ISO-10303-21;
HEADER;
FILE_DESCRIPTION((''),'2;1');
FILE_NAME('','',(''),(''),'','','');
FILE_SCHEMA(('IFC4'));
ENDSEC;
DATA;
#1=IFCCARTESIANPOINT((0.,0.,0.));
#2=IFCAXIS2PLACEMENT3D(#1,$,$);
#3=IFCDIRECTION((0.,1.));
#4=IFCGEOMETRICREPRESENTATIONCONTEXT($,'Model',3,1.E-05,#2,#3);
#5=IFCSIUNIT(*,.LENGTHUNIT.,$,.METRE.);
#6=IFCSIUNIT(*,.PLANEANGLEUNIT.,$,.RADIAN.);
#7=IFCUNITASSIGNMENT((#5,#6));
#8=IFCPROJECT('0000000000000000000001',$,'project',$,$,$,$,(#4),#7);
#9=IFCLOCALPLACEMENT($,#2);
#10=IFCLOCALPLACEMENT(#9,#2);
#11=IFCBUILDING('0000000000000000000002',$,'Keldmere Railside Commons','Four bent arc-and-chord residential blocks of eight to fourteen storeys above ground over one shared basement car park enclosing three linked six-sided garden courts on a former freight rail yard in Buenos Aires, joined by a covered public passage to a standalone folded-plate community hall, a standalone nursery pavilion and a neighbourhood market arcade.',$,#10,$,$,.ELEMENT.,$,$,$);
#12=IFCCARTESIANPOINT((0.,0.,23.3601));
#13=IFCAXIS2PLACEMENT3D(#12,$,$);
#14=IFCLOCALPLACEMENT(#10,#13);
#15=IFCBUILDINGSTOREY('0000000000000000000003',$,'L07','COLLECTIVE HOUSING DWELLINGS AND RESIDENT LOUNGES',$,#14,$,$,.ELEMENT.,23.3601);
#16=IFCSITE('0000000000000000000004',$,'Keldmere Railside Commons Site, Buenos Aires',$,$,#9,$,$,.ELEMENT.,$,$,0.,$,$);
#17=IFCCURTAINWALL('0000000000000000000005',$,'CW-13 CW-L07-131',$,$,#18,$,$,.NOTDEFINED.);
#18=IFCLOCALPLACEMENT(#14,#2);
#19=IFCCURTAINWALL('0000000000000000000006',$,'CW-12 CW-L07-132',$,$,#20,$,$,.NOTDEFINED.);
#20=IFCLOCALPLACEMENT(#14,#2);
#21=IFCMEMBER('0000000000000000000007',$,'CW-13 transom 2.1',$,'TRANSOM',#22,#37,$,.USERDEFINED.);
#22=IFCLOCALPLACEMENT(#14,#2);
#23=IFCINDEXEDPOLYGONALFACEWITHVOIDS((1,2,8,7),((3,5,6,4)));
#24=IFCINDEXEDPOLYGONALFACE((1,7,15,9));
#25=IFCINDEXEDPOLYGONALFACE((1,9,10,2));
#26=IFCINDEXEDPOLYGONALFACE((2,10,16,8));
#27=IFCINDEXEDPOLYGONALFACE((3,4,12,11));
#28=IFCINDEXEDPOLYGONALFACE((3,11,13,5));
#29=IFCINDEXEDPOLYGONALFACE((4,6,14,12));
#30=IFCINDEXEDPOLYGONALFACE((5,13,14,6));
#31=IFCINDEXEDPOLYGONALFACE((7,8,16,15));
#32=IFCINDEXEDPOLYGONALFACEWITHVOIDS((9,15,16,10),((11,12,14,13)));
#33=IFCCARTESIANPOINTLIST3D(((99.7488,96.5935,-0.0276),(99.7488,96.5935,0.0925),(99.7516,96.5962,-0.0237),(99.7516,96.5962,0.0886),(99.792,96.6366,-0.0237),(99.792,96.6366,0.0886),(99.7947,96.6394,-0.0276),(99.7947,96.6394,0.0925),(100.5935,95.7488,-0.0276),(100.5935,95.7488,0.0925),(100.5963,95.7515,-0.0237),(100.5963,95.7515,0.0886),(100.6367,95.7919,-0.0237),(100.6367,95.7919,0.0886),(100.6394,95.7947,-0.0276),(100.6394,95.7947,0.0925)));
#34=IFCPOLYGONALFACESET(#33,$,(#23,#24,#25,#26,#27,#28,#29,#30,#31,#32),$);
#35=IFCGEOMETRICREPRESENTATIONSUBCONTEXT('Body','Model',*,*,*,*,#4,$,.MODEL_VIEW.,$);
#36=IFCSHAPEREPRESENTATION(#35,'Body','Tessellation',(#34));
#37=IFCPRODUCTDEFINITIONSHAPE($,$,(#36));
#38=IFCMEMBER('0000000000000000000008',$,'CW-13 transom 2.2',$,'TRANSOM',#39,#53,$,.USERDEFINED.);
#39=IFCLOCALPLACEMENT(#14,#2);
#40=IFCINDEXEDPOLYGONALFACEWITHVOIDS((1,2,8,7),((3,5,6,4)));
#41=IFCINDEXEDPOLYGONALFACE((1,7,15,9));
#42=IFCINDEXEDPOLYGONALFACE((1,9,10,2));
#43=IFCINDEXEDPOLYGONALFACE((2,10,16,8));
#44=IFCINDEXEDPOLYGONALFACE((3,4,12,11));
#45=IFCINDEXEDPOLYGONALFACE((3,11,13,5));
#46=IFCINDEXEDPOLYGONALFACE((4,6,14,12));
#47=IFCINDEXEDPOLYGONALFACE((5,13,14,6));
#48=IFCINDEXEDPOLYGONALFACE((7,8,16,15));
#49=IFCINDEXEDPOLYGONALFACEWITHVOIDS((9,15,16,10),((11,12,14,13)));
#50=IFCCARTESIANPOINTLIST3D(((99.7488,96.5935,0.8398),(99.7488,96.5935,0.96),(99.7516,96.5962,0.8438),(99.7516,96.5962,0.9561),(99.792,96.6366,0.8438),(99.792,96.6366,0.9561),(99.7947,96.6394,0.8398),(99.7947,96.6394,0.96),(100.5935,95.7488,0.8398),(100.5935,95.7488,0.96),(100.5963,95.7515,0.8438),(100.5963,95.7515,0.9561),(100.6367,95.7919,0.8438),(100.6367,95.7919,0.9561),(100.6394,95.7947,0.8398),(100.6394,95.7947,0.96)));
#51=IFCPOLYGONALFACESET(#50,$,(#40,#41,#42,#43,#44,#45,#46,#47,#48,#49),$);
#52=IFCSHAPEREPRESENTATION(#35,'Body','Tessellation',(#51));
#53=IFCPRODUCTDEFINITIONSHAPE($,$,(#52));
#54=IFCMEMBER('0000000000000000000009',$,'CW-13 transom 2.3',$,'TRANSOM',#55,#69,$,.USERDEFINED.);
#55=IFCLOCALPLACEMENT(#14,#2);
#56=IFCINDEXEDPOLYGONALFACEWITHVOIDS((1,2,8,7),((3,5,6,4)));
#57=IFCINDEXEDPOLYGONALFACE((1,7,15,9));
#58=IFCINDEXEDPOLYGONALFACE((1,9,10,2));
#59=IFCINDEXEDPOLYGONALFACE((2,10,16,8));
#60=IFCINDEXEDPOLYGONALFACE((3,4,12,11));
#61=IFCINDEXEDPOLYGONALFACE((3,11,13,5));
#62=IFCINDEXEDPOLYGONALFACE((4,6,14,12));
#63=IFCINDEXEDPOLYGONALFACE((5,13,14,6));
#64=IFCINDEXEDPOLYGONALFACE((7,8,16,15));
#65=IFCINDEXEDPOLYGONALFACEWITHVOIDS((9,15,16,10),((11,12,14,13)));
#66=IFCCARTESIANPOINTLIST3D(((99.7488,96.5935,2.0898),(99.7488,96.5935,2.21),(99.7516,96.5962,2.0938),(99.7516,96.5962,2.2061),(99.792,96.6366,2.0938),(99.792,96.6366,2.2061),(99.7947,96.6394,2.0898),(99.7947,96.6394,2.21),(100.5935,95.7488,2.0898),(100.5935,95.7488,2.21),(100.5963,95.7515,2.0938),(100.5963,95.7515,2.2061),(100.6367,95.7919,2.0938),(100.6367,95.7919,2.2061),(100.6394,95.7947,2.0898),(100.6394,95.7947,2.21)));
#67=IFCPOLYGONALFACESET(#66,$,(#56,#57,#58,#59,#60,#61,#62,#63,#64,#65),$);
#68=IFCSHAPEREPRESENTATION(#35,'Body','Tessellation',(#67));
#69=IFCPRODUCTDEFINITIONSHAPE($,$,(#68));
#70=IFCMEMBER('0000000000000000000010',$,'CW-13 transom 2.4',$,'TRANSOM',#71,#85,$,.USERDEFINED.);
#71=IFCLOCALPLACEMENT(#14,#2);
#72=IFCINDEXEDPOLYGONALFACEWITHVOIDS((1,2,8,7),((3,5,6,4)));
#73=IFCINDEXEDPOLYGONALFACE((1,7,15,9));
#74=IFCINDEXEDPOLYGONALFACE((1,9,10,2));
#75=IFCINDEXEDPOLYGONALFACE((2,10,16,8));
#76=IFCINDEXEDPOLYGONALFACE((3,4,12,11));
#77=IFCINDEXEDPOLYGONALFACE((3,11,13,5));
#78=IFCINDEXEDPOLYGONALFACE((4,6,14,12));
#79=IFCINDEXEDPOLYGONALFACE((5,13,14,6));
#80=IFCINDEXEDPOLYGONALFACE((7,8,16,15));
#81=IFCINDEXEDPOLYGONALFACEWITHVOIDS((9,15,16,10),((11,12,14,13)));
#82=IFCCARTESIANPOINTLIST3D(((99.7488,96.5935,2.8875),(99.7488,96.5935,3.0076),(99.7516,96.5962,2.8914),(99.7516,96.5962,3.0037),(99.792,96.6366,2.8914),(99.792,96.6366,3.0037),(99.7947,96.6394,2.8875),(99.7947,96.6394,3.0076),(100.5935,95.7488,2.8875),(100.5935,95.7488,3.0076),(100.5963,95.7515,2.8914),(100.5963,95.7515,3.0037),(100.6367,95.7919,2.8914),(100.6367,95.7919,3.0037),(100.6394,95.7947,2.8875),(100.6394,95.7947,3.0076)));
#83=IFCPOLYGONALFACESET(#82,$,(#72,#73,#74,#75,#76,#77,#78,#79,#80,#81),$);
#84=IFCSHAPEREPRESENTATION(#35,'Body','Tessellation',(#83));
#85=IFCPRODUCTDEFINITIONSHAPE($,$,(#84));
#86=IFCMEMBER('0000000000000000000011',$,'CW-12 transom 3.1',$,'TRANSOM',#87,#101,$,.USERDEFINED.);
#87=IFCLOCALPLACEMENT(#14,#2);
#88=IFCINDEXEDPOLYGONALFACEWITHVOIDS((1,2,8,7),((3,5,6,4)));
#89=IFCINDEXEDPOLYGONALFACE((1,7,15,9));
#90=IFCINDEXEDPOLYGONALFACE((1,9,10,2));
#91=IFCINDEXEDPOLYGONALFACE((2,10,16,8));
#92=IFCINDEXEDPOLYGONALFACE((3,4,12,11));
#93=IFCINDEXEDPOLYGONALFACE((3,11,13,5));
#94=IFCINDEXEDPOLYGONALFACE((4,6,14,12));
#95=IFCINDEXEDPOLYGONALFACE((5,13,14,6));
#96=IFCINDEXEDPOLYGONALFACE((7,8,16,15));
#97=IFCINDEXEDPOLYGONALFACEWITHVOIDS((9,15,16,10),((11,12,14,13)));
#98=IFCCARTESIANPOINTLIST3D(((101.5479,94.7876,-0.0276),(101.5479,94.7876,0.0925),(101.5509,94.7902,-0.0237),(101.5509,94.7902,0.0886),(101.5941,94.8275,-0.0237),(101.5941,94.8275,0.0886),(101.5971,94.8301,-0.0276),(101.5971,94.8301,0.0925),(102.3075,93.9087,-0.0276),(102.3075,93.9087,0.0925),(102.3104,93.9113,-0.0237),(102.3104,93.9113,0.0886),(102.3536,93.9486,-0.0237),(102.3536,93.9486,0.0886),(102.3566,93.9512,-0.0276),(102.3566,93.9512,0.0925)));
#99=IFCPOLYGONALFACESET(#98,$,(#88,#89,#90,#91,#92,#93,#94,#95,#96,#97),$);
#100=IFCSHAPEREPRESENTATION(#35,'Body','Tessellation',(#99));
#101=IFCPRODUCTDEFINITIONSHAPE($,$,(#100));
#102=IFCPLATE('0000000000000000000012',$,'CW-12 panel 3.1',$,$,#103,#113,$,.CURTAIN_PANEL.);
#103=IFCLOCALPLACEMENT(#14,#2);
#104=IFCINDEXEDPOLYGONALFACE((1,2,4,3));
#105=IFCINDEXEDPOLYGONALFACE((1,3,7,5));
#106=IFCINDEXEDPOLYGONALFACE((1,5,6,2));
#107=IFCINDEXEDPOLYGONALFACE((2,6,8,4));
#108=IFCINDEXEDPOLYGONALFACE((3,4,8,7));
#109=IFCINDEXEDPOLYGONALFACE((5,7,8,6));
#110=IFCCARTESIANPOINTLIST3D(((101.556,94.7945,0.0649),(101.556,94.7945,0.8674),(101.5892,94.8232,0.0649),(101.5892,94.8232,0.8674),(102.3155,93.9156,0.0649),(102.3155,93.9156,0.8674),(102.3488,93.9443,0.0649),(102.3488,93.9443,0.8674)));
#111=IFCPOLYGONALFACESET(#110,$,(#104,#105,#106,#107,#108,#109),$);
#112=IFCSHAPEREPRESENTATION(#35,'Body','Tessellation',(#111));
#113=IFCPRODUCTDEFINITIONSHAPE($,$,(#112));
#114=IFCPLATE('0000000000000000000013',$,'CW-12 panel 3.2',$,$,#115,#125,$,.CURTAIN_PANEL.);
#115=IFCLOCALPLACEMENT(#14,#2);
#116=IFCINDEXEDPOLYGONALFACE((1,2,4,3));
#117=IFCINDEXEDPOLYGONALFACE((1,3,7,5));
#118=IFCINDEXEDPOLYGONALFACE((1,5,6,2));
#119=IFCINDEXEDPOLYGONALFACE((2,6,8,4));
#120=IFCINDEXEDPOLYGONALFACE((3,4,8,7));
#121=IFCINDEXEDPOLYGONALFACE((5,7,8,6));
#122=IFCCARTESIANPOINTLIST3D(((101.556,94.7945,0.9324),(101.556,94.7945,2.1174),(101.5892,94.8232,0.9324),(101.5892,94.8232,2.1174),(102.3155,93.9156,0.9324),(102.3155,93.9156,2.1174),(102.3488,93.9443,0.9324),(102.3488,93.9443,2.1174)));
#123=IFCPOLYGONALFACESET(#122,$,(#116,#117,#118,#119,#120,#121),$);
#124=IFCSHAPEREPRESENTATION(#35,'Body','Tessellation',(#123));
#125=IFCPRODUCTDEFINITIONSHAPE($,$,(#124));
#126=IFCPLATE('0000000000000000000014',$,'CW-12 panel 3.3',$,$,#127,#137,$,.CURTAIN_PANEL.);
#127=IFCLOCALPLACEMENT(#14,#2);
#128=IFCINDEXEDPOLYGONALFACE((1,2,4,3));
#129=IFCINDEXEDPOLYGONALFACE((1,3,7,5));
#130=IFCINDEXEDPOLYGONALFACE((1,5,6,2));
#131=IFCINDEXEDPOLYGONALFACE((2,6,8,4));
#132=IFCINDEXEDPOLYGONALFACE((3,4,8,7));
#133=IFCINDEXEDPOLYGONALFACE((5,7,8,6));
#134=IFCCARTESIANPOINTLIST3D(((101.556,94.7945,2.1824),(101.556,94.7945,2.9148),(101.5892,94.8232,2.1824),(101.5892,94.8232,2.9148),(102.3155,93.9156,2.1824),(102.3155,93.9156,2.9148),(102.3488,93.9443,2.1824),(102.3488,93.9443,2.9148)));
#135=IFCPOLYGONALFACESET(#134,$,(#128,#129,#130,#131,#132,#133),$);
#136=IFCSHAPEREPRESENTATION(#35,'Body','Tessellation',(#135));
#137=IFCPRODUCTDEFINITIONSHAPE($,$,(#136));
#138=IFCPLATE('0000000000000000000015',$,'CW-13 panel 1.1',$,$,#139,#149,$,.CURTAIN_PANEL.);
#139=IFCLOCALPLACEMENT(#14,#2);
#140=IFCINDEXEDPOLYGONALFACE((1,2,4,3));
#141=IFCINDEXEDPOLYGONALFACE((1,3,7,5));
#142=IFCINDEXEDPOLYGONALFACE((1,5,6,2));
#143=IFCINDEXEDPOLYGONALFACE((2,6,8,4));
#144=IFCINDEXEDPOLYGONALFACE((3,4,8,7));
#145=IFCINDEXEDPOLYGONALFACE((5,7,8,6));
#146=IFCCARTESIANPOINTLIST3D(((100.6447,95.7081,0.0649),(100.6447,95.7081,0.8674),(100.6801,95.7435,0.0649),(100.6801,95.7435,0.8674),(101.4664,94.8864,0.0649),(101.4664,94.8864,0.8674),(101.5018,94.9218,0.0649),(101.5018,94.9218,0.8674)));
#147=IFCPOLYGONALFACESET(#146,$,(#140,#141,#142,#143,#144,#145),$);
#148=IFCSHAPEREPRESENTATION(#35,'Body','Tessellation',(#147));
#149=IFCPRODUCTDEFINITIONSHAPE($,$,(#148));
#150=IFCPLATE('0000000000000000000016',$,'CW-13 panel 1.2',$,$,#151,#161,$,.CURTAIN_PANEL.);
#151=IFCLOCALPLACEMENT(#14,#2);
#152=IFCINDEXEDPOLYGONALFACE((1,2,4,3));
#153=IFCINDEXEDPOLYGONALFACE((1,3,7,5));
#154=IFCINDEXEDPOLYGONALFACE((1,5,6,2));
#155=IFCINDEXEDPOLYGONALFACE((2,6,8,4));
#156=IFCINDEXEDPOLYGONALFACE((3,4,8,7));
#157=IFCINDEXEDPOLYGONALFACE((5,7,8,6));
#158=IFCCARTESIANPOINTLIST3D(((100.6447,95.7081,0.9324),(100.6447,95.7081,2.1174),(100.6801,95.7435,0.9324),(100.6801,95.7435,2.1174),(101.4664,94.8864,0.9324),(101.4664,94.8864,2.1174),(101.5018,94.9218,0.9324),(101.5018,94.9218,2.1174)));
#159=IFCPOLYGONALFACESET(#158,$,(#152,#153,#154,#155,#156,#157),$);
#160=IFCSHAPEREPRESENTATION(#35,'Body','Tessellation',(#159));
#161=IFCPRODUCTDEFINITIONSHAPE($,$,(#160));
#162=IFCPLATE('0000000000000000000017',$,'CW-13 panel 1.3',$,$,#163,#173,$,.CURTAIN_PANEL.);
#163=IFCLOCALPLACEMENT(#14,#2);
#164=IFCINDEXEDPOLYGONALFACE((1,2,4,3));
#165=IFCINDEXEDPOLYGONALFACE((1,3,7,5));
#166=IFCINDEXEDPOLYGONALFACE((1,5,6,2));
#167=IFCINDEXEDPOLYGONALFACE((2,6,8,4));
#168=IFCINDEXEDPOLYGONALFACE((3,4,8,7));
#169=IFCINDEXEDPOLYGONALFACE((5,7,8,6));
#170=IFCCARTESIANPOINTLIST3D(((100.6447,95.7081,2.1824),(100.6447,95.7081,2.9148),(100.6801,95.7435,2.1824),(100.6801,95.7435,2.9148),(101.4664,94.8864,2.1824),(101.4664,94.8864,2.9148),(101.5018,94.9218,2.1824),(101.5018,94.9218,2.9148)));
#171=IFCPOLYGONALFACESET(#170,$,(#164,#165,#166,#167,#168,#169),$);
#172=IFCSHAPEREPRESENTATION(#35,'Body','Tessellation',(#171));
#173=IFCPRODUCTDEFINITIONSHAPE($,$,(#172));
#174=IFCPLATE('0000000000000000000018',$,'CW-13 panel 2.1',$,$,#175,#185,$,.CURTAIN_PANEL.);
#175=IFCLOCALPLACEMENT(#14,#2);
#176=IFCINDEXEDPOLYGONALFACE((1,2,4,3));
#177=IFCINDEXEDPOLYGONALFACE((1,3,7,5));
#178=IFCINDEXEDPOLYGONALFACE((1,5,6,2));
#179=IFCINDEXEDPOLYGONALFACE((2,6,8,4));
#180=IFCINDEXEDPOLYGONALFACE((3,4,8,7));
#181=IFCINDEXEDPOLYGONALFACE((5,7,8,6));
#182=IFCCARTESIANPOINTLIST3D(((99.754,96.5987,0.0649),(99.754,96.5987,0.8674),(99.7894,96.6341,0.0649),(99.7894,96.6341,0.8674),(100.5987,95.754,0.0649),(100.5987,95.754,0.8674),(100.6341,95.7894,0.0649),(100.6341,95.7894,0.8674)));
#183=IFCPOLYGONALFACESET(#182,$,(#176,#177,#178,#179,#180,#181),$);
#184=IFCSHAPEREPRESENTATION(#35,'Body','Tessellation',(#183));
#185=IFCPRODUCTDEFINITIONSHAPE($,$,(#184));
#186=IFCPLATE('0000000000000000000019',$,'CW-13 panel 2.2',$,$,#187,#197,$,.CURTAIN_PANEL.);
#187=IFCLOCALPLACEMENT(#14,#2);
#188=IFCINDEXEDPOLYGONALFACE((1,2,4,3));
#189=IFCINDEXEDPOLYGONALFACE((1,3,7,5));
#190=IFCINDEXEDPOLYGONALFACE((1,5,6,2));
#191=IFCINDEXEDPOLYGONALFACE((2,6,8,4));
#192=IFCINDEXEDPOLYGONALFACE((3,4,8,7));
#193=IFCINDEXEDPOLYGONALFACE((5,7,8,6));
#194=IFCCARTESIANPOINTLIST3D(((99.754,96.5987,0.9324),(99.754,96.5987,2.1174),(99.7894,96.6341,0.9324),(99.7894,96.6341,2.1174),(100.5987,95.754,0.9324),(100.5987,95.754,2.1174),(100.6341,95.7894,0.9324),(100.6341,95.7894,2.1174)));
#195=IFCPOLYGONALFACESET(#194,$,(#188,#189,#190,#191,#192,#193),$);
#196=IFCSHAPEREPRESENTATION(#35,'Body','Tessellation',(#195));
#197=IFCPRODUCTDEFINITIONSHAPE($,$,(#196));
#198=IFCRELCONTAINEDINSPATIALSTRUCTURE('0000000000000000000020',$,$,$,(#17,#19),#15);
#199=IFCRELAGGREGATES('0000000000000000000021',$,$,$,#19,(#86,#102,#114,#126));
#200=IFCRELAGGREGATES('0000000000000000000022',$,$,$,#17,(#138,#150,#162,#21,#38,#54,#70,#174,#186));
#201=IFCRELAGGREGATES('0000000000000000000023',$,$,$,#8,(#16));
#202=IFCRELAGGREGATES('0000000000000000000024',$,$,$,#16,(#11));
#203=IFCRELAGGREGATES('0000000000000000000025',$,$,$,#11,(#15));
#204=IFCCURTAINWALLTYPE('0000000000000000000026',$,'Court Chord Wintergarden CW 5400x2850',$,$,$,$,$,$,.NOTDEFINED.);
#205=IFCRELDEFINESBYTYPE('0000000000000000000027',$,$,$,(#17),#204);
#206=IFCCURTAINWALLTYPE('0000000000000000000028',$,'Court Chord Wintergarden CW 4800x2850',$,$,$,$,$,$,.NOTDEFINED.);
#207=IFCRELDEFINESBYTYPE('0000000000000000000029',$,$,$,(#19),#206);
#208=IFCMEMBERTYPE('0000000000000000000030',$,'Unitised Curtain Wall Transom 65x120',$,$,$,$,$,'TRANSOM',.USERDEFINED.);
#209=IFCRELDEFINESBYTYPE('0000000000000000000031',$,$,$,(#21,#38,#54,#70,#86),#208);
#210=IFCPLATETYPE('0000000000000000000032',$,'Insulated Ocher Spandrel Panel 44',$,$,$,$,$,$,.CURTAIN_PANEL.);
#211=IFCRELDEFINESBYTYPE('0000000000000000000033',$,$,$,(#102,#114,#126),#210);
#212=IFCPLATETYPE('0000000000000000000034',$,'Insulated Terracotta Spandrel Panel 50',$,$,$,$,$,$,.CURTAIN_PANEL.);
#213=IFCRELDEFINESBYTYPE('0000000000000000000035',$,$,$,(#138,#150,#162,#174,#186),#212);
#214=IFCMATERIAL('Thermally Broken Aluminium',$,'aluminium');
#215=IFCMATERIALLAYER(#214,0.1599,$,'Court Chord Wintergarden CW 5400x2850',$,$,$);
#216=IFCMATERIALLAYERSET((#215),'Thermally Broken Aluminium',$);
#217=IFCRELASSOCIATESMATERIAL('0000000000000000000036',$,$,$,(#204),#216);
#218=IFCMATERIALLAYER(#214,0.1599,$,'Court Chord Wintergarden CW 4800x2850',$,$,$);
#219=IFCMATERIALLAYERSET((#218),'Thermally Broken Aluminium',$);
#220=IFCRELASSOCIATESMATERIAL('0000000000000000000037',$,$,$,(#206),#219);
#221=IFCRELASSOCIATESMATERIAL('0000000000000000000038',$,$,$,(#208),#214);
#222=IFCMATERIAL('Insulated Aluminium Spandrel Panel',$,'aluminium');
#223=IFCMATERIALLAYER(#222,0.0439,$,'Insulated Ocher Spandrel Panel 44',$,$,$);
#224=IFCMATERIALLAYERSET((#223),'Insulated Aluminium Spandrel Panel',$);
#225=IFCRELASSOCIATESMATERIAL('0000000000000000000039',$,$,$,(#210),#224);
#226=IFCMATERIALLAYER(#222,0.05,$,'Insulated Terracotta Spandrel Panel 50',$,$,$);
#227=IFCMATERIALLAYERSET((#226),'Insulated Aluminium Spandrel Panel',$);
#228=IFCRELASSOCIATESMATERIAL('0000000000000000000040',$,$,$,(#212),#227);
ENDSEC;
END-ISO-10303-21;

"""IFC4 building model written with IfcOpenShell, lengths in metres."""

from ifc_helpers import new_model, si_unit, direction, frame, origin, origin_2d, place, context, subcontext, project, spatial, rectangle, hollow_rectangle, extrude, material, layer, layer_set, material_profile, profile_set, type_object, element, aggregate, save


model = new_model("IFC4")

# Units and contexts
model_context = context("Model", 3, precision=1e-05, world=origin(), true_north=direction((0.0, 1.0)))
body_context = subcontext(model_context, "Body", "Model", "MODEL_VIEW")
ifc_project = project(units=[si_unit("LENGTHUNIT", "METRE"), si_unit("PLANEANGLEUNIT", "RADIAN")], contexts=[model_context])

# Site, building, storey
site_placement = place(None, origin())
site = spatial("IfcSite", under=ifc_project, at=site_placement, Name="Keldmere Railside Commons Site, Buenos Aires", CompositionType="ELEMENT", RefElevation=0.0)
building_placement = place(site_placement, origin())
building = spatial("IfcBuilding", under=site, at=building_placement, Name="Keldmere Railside Commons", Description="Four bent arc-and-chord residential blocks of eight to fourteen storeys above ground over one shared basement car park enclosing three linked six-sided garden courts on a former freight rail yard in Buenos Aires, joined by a covered public passage to a standalone folded-plate community hall, a standalone nursery pavilion and a neighbourhood market arcade.", CompositionType="ELEMENT")
storey_placement = place(building_placement, frame((0.0, 0.0, 23.3601)))
storey = spatial("IfcBuildingStorey", under=building, at=storey_placement, Name="L07", Description="COLLECTIVE HOUSING DWELLINGS AND RESIDENT LOUNGES", CompositionType="ELEMENT", Elevation=23.3601)

# Curtain wall
ifc_material_1 = material(Name="Thermally Broken Aluminium", Category="aluminium")
ifc_layer_1 = layer(ifc_material_1, 0.1599, Name="Court Chord Wintergarden CW 5400x2850")
ifc_layer_set_1 = layer_set([ifc_layer_1], Name="Thermally Broken Aluminium")
curtain_wall_type_1 = type_object("IfcCurtainWallType", Name="Court Chord Wintergarden CW 5400x2850", PredefinedType="NOTDEFINED", material=ifc_layer_set_1)
curtain_wall_1_placement = place(storey_placement, origin())
curtain_wall_1 = element("IfcCurtainWall", 1, at=curtain_wall_1_placement, inside=storey, type_object=curtain_wall_type_1, Name="CW-13 CW-L07-131", PredefinedType="NOTDEFINED")

# Curtain wall
ifc_layer_2 = layer(ifc_material_1, 0.1599, Name="Court Chord Wintergarden CW 4800x2850")
ifc_layer_set_2 = layer_set([ifc_layer_2], Name="Thermally Broken Aluminium")
curtain_wall_type_2 = type_object("IfcCurtainWallType", Name="Court Chord Wintergarden CW 4800x2850", PredefinedType="NOTDEFINED", material=ifc_layer_set_2)
curtain_wall_2_placement = place(storey_placement, origin())
curtain_wall_2 = element("IfcCurtainWall", 2, at=curtain_wall_2_placement, inside=storey, type_object=curtain_wall_type_2, Name="CW-12 CW-L07-132", PredefinedType="NOTDEFINED")

# Members
ifc_material_profile_1 = material_profile(ifc_material_1, hollow_rectangle(XDim=0.0649, YDim=0.1201, WallThickness=0.0039, at=origin_2d()), Name="ALU-TRAN-65x120")
ifc_profile_set_1 = profile_set([ifc_material_profile_1], Name="Thermally Broken Aluminium")
member_type_1 = type_object("IfcMemberType", Name="Unitised Curtain Wall Transom 65x120", ElementType="TRANSOM", PredefinedType="USERDEFINED", material=ifc_profile_set_1)
member_1_placement = place(storey_placement, frame((100.6165, 95.7717, 0.0325), z_axis=(-0.707107, 0.707107, 0.0), x_axis=(-0.707107, -0.707107, 0.0)))
member_1 = element("IfcMember", 3, at=member_1_placement, type_object=member_type_1, Name="CW-13 transom 2.1", ObjectType="TRANSOM", PredefinedType="USERDEFINED", context=body_context, shape_type="SweptSolid", body=[
    extrude(hollow_rectangle(XDim=0.0649, YDim=0.1201, WallThickness=0.0039, at=origin_2d()), origin(), (0.0, 0.0, 1.0), 1.1946),
])
member_2_placement = place(storey_placement, frame((100.6165, 95.7717, 0.8999), z_axis=(-0.707107, 0.707107, 0.0), x_axis=(-0.707107, -0.707107, 0.0)))
member_2 = element("IfcMember", 4, at=member_2_placement, type_object=member_type_1, Name="CW-13 transom 2.2", ObjectType="TRANSOM", PredefinedType="USERDEFINED", context=body_context, shape_type="SweptSolid", body=[
    extrude(hollow_rectangle(XDim=0.0649, YDim=0.1201, WallThickness=0.0039, at=origin_2d()), origin(), (0.0, 0.0, 1.0), 1.1946),
])
member_3_placement = place(storey_placement, frame((100.6165, 95.7717, 2.1499), z_axis=(-0.707107, 0.707107, 0.0), x_axis=(-0.707107, -0.707107, 0.0)))
member_3 = element("IfcMember", 5, at=member_3_placement, type_object=member_type_1, Name="CW-13 transom 2.3", ObjectType="TRANSOM", PredefinedType="USERDEFINED", context=body_context, shape_type="SweptSolid", body=[
    extrude(hollow_rectangle(XDim=0.0649, YDim=0.1201, WallThickness=0.0039, at=origin_2d()), origin(), (0.0, 0.0, 1.0), 1.1946),
])
member_4_placement = place(storey_placement, frame((100.6165, 95.7717, 2.9475), z_axis=(-0.707107, 0.707107, 0.0), x_axis=(-0.707107, -0.707107, 0.0)))
member_4 = element("IfcMember", 6, at=member_4_placement, type_object=member_type_1, Name="CW-13 transom 2.4", ObjectType="TRANSOM", PredefinedType="USERDEFINED", context=body_context, shape_type="SweptSolid", body=[
    extrude(hollow_rectangle(XDim=0.0649, YDim=0.1201, WallThickness=0.0039, at=origin_2d()), origin(), (0.0, 0.0, 1.0), 1.1946),
])
member_5_placement = place(storey_placement, frame((102.332, 93.9299, 0.0325), z_axis=(-0.65385, 0.756624, 0.0), x_axis=(-0.756624, -0.65385, 0.0)))
member_5 = element("IfcMember", 7, at=member_5_placement, type_object=member_type_1, Name="CW-12 transom 3.1", ObjectType="TRANSOM", PredefinedType="USERDEFINED", context=body_context, shape_type="SweptSolid", body=[
    extrude(hollow_rectangle(XDim=0.0649, YDim=0.1201, WallThickness=0.0039, at=origin_2d()), origin(), (0.0, 0.0, 1.0), 1.1616),
])

# Plates
ifc_material_2 = material(Name="Insulated Aluminium Spandrel Panel", Category="aluminium")
ifc_layer_3 = layer(ifc_material_2, 0.0439, Name="Insulated Ocher Spandrel Panel 44")
ifc_layer_set_3 = layer_set([ifc_layer_3], Name="Insulated Aluminium Spandrel Panel")
plate_type_1 = type_object("IfcPlateType", Name="Insulated Ocher Spandrel Panel 44", PredefinedType="CURTAIN_PANEL", material=ifc_layer_set_3)
plate_1_placement = place(storey_placement, frame((101.9524, 94.3694, 0.0649), z_axis=(0.0, 0.0, 1.0), x_axis=(-0.653882, 0.756597, 0.0)))
plate_1 = element("IfcPlate", 8, at=plate_1_placement, type_object=plate_type_1, Name="CW-12 panel 3.1", PredefinedType="CURTAIN_PANEL", context=body_context, shape_type="SweptSolid", body=[
    extrude(rectangle(XDim=1.1616, YDim=0.0439, at=origin_2d()), origin(), (0.0, 0.0, 1.0), 0.8025),
])
plate_2_placement = place(storey_placement, frame((101.9524, 94.3694, 0.9324), z_axis=(0.0, 0.0, 1.0), x_axis=(-0.653882, 0.756597, 0.0)))
plate_2 = element("IfcPlate", 9, at=plate_2_placement, type_object=plate_type_1, Name="CW-12 panel 3.2", PredefinedType="CURTAIN_PANEL", context=body_context, shape_type="SweptSolid", body=[
    extrude(rectangle(XDim=1.1616, YDim=0.0439, at=origin_2d()), origin(), (0.0, 0.0, 1.0), 1.1851),
])
plate_3_placement = place(storey_placement, frame((101.9524, 94.3694, 2.1824), z_axis=(0.0, 0.0, 1.0), x_axis=(-0.653882, 0.756597, 0.0)))
plate_3 = element("IfcPlate", 10, at=plate_3_placement, type_object=plate_type_1, Name="CW-12 panel 3.3", PredefinedType="CURTAIN_PANEL", context=body_context, shape_type="SweptSolid", body=[
    extrude(rectangle(XDim=1.1616, YDim=0.0439, at=origin_2d()), origin(), (0.0, 0.0, 1.0), 0.7324),
])
aggregate(curtain_wall_2, [member_5, plate_1, plate_2, plate_3])
ifc_layer_4 = layer(ifc_material_2, 0.05, Name="Insulated Terracotta Spandrel Panel 50")
ifc_layer_set_4 = layer_set([ifc_layer_4], Name="Insulated Aluminium Spandrel Panel")
plate_type_2 = type_object("IfcPlateType", Name="Insulated Terracotta Spandrel Panel 50", PredefinedType="CURTAIN_PANEL", material=ifc_layer_set_4)
plate_4_placement = place(storey_placement, frame((101.0732, 95.3149, 0.0649), z_axis=(0.0, 0.0, 1.0), x_axis=(-0.707107, 0.707107, 0.0)))
plate_4 = element("IfcPlate", 11, at=plate_4_placement, type_object=plate_type_2, Name="CW-13 panel 1.1", PredefinedType="CURTAIN_PANEL", context=body_context, shape_type="SweptSolid", body=[
    extrude(rectangle(XDim=1.1621, YDim=0.05, at=origin_2d()), origin(), (0.0, 0.0, 1.0), 0.8025),
])
plate_5_placement = place(storey_placement, frame((101.0732, 95.3149, 0.9324), z_axis=(0.0, 0.0, 1.0), x_axis=(-0.707107, 0.707107, 0.0)))
plate_5 = element("IfcPlate", 12, at=plate_5_placement, type_object=plate_type_2, Name="CW-13 panel 1.2", PredefinedType="CURTAIN_PANEL", context=body_context, shape_type="SweptSolid", body=[
    extrude(rectangle(XDim=1.1621, YDim=0.05, at=origin_2d()), origin(), (0.0, 0.0, 1.0), 1.1851),
])
plate_6_placement = place(storey_placement, frame((101.0732, 95.3149, 2.1824), z_axis=(0.0, 0.0, 1.0), x_axis=(-0.707107, 0.707107, 0.0)))
plate_6 = element("IfcPlate", 13, at=plate_6_placement, type_object=plate_type_2, Name="CW-13 panel 1.3", PredefinedType="CURTAIN_PANEL", context=body_context, shape_type="SweptSolid", body=[
    extrude(rectangle(XDim=1.1621, YDim=0.05, at=origin_2d()), origin(), (0.0, 0.0, 1.0), 0.7324),
])
plate_7_placement = place(storey_placement, frame((100.1941, 96.1941, 0.0649), z_axis=(0.0, 0.0, 1.0), x_axis=(-0.707107, 0.707107, 0.0)))
plate_7 = element("IfcPlate", 14, at=plate_7_placement, type_object=plate_type_2, Name="CW-13 panel 2.1", PredefinedType="CURTAIN_PANEL", context=body_context, shape_type="SweptSolid", body=[
    extrude(rectangle(XDim=1.1946, YDim=0.05, at=origin_2d()), origin(), (0.0, 0.0, 1.0), 0.8025),
])
plate_8_placement = place(storey_placement, frame((100.1941, 96.1941, 0.9324), z_axis=(0.0, 0.0, 1.0), x_axis=(-0.707107, 0.707107, 0.0)))
plate_8 = element("IfcPlate", 15, at=plate_8_placement, type_object=plate_type_2, Name="CW-13 panel 2.2", PredefinedType="CURTAIN_PANEL", context=body_context, shape_type="SweptSolid", body=[
    extrude(rectangle(XDim=1.1946, YDim=0.05, at=origin_2d()), origin(), (0.0, 0.0, 1.0), 1.1851),
])
aggregate(curtain_wall_1, [plate_4, plate_5, plate_6, member_1, member_2, member_3, member_4, plate_7, plate_8])

save(model, "model.ifc")
